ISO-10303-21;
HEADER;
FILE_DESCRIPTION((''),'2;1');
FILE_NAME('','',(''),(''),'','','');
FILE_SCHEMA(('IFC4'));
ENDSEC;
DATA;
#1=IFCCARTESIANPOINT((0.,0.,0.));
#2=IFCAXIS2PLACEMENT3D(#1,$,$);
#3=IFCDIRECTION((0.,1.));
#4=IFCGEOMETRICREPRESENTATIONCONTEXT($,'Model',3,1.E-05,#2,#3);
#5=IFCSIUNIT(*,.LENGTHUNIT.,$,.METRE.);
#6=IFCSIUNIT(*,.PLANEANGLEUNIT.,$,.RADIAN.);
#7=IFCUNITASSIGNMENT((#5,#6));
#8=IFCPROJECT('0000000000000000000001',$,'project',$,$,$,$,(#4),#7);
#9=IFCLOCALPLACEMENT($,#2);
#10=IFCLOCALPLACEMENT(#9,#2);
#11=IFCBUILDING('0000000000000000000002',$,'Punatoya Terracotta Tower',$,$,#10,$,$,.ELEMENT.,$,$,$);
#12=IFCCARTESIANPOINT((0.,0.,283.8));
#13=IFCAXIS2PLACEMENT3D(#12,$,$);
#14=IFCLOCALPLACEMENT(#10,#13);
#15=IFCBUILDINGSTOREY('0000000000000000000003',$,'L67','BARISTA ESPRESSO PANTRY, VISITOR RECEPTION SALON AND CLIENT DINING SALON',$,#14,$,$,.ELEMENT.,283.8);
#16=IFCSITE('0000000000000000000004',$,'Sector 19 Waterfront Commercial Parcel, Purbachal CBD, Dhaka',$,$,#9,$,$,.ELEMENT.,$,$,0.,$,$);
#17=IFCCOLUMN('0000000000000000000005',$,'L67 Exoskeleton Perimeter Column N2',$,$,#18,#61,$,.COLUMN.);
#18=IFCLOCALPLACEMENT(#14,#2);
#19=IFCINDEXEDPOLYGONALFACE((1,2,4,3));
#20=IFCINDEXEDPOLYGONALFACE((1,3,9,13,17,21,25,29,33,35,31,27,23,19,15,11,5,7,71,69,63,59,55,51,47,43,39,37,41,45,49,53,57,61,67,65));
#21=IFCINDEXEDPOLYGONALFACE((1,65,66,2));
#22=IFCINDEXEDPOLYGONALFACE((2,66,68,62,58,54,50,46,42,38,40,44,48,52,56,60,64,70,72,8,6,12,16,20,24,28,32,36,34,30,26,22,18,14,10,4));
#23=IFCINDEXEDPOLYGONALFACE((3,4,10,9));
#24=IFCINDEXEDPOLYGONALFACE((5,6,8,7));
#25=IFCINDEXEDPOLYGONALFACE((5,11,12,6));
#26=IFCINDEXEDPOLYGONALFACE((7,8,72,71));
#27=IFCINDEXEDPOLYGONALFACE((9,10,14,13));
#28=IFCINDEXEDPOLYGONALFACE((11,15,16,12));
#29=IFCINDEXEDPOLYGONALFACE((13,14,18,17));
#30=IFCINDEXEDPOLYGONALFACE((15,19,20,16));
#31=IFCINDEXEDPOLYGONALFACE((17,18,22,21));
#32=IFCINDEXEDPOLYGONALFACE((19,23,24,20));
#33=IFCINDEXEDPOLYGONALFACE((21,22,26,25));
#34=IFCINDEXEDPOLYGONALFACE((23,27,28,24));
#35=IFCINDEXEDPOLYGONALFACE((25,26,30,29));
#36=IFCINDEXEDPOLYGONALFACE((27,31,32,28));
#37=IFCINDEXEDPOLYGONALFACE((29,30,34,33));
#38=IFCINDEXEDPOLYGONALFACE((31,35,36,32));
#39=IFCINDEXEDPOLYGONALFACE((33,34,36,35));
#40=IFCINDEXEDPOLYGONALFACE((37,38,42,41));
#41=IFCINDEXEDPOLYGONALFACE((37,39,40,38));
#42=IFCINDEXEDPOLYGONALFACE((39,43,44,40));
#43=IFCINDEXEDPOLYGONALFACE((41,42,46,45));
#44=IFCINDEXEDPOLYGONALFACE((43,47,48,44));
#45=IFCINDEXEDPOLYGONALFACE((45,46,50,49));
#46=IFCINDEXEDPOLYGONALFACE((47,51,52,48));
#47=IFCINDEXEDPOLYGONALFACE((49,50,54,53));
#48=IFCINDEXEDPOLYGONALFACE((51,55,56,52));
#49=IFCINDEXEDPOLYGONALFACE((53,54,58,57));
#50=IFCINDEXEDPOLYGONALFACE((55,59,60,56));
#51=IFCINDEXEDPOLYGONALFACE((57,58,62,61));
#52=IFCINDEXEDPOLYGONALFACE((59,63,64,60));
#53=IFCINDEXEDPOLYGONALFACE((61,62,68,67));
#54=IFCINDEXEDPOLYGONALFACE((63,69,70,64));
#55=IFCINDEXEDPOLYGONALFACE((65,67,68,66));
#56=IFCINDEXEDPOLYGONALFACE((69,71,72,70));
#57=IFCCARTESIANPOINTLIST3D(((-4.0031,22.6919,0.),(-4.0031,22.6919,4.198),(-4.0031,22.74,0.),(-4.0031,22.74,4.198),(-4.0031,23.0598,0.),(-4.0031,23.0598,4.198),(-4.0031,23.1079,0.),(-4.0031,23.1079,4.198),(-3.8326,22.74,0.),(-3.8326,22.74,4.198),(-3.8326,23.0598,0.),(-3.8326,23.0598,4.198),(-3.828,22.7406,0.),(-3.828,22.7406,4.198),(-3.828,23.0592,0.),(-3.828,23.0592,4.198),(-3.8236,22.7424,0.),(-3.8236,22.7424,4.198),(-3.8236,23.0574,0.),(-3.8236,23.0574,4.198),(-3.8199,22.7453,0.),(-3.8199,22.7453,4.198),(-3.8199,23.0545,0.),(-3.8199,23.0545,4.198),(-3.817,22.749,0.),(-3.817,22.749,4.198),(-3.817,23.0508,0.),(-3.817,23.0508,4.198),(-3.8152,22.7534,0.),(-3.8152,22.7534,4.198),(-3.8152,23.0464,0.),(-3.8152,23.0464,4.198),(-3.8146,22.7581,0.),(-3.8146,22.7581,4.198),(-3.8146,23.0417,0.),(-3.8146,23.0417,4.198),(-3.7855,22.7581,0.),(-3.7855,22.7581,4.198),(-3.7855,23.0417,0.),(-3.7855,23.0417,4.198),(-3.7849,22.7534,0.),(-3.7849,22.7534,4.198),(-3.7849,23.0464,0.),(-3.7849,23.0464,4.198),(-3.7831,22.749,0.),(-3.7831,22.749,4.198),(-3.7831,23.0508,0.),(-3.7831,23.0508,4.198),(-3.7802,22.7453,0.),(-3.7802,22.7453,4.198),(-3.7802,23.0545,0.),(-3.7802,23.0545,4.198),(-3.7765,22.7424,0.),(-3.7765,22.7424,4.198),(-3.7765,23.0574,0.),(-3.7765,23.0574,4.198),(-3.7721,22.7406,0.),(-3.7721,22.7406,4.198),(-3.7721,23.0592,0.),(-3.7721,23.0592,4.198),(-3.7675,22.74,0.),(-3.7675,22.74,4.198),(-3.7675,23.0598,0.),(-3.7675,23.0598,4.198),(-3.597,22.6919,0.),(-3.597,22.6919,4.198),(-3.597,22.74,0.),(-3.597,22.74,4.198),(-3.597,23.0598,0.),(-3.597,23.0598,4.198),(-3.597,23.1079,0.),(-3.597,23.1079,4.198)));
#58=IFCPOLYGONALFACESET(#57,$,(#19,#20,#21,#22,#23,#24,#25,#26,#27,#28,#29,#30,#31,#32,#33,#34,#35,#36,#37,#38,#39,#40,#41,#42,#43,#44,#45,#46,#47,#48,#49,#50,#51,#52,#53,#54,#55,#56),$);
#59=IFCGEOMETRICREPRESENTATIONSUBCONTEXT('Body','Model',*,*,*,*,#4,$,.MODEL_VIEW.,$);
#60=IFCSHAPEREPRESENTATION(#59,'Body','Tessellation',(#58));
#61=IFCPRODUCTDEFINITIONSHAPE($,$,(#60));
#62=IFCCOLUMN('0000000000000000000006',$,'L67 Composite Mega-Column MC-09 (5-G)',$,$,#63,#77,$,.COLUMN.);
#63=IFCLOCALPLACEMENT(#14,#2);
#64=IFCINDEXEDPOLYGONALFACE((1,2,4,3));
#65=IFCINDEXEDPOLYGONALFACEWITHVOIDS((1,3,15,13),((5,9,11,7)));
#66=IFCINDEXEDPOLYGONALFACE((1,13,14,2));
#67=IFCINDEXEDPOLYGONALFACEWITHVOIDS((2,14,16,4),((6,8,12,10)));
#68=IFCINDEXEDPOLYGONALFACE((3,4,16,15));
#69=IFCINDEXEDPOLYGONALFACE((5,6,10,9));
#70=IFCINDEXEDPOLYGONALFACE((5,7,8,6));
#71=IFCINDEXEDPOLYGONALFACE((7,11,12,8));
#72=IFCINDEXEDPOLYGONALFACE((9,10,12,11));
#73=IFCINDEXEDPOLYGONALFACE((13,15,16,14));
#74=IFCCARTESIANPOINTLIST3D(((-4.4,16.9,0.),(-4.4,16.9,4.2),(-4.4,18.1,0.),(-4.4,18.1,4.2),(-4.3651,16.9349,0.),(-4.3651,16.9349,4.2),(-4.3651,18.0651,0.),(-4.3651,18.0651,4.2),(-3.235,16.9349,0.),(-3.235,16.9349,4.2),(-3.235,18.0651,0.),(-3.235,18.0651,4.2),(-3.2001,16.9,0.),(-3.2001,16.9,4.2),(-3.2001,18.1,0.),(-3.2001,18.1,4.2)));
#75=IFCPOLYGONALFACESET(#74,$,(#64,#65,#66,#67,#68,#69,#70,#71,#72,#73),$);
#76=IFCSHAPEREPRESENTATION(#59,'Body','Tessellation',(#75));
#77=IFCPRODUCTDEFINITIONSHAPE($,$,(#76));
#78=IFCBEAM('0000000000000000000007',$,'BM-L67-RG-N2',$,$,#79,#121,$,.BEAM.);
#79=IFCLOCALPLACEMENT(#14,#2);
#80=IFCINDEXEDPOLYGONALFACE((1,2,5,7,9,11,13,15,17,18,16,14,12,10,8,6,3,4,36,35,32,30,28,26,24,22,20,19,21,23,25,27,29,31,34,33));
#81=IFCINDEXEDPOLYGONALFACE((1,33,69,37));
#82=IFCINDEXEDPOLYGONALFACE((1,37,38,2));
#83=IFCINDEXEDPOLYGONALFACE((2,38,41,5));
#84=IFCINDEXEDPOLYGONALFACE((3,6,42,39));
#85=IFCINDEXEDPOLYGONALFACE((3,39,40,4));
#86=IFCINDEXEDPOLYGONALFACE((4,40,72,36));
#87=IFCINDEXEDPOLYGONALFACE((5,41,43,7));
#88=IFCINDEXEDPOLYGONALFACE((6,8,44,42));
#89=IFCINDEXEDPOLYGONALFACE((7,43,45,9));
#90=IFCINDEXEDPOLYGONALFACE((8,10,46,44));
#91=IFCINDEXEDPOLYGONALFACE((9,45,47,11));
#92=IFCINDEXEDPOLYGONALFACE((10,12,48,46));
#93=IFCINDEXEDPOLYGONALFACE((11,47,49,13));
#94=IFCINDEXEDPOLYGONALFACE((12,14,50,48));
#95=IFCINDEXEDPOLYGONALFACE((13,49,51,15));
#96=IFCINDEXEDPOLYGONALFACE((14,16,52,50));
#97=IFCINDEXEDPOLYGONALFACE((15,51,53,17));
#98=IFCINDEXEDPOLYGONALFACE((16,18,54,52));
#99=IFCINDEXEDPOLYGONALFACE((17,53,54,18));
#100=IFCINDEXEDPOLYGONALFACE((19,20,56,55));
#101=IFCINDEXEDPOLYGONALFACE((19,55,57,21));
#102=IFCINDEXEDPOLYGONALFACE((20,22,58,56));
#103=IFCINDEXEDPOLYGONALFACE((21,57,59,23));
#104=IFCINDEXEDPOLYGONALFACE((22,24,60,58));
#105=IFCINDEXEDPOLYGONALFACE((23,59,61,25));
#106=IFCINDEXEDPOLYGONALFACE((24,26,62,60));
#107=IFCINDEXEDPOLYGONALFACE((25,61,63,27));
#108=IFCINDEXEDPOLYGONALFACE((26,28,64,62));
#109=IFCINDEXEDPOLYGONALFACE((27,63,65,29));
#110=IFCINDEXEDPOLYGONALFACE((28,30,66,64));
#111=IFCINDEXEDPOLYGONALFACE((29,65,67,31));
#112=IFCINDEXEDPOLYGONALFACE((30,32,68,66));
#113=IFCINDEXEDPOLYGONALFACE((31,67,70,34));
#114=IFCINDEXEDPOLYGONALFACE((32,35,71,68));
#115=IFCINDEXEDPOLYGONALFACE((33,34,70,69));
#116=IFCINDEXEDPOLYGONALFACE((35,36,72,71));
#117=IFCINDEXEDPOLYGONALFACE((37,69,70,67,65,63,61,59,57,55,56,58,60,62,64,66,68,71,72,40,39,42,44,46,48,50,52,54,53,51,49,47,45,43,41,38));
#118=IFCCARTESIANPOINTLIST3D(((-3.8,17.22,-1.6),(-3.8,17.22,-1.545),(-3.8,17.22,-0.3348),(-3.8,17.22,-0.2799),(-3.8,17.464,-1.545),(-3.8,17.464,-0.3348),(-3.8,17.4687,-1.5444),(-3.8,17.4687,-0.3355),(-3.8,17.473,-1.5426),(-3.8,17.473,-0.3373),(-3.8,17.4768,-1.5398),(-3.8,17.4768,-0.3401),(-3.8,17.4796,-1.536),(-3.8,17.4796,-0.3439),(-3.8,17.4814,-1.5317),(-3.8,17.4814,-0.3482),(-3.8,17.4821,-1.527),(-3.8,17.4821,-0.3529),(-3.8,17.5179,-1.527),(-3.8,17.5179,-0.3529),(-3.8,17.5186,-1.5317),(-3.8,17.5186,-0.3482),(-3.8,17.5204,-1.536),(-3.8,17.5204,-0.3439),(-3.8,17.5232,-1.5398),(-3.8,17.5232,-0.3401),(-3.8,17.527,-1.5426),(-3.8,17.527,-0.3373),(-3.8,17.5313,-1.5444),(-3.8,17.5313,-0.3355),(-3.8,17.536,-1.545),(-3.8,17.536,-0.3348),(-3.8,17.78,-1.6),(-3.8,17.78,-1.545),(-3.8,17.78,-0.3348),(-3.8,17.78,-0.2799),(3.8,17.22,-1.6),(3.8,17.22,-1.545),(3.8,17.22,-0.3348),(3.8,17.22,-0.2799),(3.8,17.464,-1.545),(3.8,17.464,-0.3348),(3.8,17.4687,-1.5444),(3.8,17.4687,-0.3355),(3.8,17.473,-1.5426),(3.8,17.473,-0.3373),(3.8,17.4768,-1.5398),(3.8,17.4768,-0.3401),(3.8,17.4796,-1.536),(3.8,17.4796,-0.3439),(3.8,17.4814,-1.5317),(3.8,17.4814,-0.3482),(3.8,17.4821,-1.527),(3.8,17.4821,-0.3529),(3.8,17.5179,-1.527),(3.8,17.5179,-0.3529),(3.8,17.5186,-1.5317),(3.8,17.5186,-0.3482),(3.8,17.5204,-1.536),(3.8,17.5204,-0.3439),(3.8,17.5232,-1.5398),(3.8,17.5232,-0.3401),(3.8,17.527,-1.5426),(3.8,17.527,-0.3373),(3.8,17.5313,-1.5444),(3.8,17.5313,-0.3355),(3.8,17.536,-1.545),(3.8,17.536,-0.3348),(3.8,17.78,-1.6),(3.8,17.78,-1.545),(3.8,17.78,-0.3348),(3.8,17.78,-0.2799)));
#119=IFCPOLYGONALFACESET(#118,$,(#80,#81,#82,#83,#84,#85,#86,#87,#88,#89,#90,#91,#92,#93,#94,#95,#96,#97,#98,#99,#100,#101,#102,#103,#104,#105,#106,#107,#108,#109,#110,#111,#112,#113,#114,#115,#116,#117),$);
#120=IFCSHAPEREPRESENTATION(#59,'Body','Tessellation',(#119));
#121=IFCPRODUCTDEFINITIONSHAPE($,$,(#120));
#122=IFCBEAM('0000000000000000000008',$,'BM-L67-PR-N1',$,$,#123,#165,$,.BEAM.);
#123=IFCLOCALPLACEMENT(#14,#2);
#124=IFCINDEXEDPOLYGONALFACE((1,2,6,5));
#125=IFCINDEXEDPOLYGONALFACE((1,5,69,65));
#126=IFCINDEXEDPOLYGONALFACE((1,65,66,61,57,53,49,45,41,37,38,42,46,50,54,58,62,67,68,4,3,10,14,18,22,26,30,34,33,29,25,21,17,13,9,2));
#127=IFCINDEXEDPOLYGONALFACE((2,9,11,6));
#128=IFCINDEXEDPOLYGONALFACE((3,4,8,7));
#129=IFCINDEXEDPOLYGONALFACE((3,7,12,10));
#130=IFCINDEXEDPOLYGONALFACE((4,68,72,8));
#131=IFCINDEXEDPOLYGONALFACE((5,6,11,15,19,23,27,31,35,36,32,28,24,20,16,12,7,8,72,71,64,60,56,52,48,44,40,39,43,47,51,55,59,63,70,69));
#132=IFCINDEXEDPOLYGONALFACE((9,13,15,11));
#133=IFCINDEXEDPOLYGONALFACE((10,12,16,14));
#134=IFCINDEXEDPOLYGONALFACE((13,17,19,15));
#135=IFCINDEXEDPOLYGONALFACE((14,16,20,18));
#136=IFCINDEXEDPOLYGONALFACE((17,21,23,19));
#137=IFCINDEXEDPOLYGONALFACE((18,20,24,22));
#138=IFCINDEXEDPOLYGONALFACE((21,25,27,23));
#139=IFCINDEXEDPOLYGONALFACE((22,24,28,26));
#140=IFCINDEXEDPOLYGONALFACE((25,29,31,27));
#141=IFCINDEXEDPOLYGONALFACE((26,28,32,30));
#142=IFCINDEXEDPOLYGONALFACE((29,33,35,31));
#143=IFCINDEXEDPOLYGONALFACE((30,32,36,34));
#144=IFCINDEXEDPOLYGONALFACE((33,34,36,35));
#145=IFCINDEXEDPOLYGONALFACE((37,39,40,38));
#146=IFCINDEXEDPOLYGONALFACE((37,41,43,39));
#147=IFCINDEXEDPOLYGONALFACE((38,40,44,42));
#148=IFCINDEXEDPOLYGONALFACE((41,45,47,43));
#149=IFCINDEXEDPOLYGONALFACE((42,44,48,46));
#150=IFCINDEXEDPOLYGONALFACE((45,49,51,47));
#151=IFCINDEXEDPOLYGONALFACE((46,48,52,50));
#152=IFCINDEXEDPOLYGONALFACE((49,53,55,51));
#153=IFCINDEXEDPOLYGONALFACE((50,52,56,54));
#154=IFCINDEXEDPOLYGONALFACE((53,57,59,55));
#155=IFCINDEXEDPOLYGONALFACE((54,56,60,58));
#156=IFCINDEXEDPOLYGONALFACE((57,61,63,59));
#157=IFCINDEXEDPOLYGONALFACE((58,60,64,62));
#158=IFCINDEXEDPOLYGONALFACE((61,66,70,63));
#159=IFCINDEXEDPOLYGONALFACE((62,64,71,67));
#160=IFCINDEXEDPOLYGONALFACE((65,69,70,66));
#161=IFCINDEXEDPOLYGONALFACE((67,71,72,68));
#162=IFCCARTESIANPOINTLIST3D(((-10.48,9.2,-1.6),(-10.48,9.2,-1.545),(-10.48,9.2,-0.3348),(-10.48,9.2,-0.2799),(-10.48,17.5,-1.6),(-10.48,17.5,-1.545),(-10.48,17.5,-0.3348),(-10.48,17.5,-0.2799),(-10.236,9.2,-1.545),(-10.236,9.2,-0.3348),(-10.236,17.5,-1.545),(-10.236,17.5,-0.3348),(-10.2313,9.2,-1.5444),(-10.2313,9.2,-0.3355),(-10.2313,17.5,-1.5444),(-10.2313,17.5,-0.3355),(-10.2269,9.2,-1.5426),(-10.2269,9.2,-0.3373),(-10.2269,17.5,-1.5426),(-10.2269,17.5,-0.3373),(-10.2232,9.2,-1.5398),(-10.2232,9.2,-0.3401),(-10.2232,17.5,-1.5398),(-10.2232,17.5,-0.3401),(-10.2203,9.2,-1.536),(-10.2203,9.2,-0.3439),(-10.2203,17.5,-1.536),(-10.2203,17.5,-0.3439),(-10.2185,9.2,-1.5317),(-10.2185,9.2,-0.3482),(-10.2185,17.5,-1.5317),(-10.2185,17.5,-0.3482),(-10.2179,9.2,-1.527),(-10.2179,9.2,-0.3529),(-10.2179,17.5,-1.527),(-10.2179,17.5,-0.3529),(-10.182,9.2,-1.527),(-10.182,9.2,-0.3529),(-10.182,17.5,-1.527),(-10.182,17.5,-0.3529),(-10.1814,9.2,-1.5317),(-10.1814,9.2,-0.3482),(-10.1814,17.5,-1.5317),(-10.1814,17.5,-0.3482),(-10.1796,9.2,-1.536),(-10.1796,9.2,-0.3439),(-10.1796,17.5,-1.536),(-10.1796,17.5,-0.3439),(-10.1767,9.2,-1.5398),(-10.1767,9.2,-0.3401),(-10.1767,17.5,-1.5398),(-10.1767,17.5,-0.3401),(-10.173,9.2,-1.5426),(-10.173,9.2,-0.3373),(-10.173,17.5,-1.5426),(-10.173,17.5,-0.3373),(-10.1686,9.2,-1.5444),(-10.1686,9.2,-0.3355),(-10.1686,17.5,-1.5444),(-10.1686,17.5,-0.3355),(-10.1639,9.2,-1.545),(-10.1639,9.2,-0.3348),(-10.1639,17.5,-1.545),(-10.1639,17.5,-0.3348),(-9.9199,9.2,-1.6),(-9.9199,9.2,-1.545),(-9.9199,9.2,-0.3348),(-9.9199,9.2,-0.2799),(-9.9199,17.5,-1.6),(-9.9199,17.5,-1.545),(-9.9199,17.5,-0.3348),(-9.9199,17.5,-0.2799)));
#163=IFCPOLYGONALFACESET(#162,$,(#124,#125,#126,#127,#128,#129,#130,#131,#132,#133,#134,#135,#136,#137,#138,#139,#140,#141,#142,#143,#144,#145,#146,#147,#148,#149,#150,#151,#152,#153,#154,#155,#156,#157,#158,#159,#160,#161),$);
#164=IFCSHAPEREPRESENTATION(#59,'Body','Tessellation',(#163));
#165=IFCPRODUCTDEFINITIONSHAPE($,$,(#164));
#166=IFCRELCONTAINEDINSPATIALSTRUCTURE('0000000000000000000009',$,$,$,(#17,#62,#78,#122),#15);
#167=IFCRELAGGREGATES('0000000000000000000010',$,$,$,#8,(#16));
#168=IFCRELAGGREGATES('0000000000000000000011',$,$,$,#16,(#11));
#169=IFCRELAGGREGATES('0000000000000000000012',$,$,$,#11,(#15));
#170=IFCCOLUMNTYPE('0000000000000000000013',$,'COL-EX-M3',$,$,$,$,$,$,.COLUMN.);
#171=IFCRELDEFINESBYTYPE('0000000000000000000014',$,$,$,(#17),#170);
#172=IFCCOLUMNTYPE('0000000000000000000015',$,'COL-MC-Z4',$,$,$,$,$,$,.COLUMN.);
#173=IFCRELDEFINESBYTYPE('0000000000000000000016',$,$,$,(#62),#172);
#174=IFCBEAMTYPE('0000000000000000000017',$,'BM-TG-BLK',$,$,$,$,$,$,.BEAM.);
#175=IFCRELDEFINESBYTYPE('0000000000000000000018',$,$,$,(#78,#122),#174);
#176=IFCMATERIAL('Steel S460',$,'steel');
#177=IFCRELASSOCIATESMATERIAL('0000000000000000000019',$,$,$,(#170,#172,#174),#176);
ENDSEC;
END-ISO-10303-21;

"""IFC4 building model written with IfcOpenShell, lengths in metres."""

from ifc_helpers import new_model, si_unit, direction, frame, origin, origin_2d, place, context, subcontext, project, spatial, hollow_rectangle, i_section, extrude, material, material_profile, profile_set, type_object, element, save


model = new_model("IFC4")

# Units and contexts
model_context = context("Model", 3, precision=1e-05, world=origin(), true_north=direction((0.0, 1.0)))
body_context = subcontext(model_context, "Body", "Model", "MODEL_VIEW")
ifc_project = project(units=[si_unit("LENGTHUNIT", "METRE"), si_unit("PLANEANGLEUNIT", "RADIAN")], contexts=[model_context])

# Site, building, storey
site_placement = place(None, origin())
site = spatial("IfcSite", under=ifc_project, at=site_placement, Name="Sector 19 Waterfront Commercial Parcel, Purbachal CBD, Dhaka", CompositionType="ELEMENT", RefElevation=0.0)
building_placement = place(site_placement, origin())
building = spatial("IfcBuilding", under=site, at=building_placement, Name="Punatoya Terracotta Tower", CompositionType="ELEMENT")
storey_placement = place(building_placement, frame((0.0, 0.0, 283.8)))
storey = spatial("IfcBuildingStorey", under=building, at=storey_placement, Name="L67", Description="BARISTA ESPRESSO PANTRY, VISITOR RECEPTION SALON AND CLIENT DINING SALON", CompositionType="ELEMENT", Elevation=283.8)

# Columns
ifc_material_1 = material(Name="Steel S460", Category="steel")
ifc_material_profile_1 = material_profile(ifc_material_1, i_section(OverallWidth=0.406, OverallDepth=0.416, WebThickness=0.0291, FlangeThickness=0.0481, FilletRadius=0.0181, at=origin_2d()))
ifc_profile_set_1 = profile_set([ifc_material_profile_1], Name="Steel S460")
column_type_1 = type_object("IfcColumnType", Name="COL-EX-M3", PredefinedType="COLUMN", material=ifc_profile_set_1)
column_1_placement = place(storey_placement, frame((-3.8, 22.8999, 0.0), z_axis=(0.0, 0.0, 1.0), x_axis=(1.0, 0.0, 0.0)))
element("IfcColumn", 1, at=column_1_placement, inside=storey, type_object=column_type_1, Name="L67 Exoskeleton Perimeter Column N2", PredefinedType="COLUMN", context=body_context, shape_type="SweptSolid", body=[
    extrude(i_section(OverallWidth=0.406, OverallDepth=0.416, WebThickness=0.0291, FlangeThickness=0.0481, FilletRadius=0.0181, at=origin_2d()), origin(), (0.0, 0.0, 1.0), 4.198),
])
ifc_material_profile_2 = material_profile(ifc_material_1, hollow_rectangle(XDim=1.2, YDim=1.2, WallThickness=0.0349, at=origin_2d()))
ifc_profile_set_2 = profile_set([ifc_material_profile_2], Name="Steel S460")
column_type_2 = type_object("IfcColumnType", Name="COL-MC-Z4", PredefinedType="COLUMN", material=ifc_profile_set_2)
column_2_placement = place(storey_placement, frame((-3.8, 17.5, 0.0), z_axis=(0.0, 0.0, 1.0), x_axis=(1.0, 0.0, 0.0)))
element("IfcColumn", 2, at=column_2_placement, inside=storey, type_object=column_type_2, Name="L67 Composite Mega-Column MC-09 (5-G)", PredefinedType="COLUMN", context=body_context, shape_type="SweptSolid", body=[
    extrude(hollow_rectangle(XDim=1.2, YDim=1.2, WallThickness=0.0349, at=origin_2d()), origin(), (0.0, 0.0, 1.0), 4.2),
])

# Beams
ifc_material_profile_3 = material_profile(ifc_material_1, i_section(OverallWidth=0.5601, OverallDepth=1.3201, WebThickness=0.0359, FlangeThickness=0.0549, FilletRadius=0.0181, at=origin_2d()))
ifc_profile_set_3 = profile_set([ifc_material_profile_3], Name="Steel S460")
beam_type = type_object("IfcBeamType", Name="BM-TG-BLK", PredefinedType="BEAM", material=ifc_profile_set_3)
beam_1_placement = place(storey_placement, frame((-3.8, 17.5, -0.9399), z_axis=(1.0, 0.0, 0.0), x_axis=(0.0, 1.0, 0.0)))
element("IfcBeam", 3, at=beam_1_placement, inside=storey, type_object=beam_type, Name="BM-L67-RG-N2", PredefinedType="BEAM", context=body_context, shape_type="SweptSolid", body=[
    extrude(i_section(OverallWidth=0.5601, OverallDepth=1.3201, WebThickness=0.0359, FlangeThickness=0.0549, FilletRadius=0.0181, at=origin_2d()), origin(), (0.0, 0.0, 1.0), 7.6001),
])
for number, where, z_axis, x_axis, name in (
    (4, (-10.2, 9.2, -0.9399), (0.0, 1.0, 0.0), (-1.0, 0.0, 0.0), "BM-L67-PR-N1"),
):
    element("IfcBeam", number, at=place(storey_placement, frame(where, z_axis=z_axis, x_axis=x_axis)), inside=storey, type_object=beam_type, Name=name, PredefinedType="BEAM", context=body_context, shape_type="SweptSolid", body=[
        extrude(i_section(OverallWidth=0.5601, OverallDepth=1.3201, WebThickness=0.0359, FlangeThickness=0.0549, FilletRadius=0.0181, at=origin_2d()), origin(), (0.0, 0.0, 1.0), 8.3),
    ])

save(model, "model.ifc")
